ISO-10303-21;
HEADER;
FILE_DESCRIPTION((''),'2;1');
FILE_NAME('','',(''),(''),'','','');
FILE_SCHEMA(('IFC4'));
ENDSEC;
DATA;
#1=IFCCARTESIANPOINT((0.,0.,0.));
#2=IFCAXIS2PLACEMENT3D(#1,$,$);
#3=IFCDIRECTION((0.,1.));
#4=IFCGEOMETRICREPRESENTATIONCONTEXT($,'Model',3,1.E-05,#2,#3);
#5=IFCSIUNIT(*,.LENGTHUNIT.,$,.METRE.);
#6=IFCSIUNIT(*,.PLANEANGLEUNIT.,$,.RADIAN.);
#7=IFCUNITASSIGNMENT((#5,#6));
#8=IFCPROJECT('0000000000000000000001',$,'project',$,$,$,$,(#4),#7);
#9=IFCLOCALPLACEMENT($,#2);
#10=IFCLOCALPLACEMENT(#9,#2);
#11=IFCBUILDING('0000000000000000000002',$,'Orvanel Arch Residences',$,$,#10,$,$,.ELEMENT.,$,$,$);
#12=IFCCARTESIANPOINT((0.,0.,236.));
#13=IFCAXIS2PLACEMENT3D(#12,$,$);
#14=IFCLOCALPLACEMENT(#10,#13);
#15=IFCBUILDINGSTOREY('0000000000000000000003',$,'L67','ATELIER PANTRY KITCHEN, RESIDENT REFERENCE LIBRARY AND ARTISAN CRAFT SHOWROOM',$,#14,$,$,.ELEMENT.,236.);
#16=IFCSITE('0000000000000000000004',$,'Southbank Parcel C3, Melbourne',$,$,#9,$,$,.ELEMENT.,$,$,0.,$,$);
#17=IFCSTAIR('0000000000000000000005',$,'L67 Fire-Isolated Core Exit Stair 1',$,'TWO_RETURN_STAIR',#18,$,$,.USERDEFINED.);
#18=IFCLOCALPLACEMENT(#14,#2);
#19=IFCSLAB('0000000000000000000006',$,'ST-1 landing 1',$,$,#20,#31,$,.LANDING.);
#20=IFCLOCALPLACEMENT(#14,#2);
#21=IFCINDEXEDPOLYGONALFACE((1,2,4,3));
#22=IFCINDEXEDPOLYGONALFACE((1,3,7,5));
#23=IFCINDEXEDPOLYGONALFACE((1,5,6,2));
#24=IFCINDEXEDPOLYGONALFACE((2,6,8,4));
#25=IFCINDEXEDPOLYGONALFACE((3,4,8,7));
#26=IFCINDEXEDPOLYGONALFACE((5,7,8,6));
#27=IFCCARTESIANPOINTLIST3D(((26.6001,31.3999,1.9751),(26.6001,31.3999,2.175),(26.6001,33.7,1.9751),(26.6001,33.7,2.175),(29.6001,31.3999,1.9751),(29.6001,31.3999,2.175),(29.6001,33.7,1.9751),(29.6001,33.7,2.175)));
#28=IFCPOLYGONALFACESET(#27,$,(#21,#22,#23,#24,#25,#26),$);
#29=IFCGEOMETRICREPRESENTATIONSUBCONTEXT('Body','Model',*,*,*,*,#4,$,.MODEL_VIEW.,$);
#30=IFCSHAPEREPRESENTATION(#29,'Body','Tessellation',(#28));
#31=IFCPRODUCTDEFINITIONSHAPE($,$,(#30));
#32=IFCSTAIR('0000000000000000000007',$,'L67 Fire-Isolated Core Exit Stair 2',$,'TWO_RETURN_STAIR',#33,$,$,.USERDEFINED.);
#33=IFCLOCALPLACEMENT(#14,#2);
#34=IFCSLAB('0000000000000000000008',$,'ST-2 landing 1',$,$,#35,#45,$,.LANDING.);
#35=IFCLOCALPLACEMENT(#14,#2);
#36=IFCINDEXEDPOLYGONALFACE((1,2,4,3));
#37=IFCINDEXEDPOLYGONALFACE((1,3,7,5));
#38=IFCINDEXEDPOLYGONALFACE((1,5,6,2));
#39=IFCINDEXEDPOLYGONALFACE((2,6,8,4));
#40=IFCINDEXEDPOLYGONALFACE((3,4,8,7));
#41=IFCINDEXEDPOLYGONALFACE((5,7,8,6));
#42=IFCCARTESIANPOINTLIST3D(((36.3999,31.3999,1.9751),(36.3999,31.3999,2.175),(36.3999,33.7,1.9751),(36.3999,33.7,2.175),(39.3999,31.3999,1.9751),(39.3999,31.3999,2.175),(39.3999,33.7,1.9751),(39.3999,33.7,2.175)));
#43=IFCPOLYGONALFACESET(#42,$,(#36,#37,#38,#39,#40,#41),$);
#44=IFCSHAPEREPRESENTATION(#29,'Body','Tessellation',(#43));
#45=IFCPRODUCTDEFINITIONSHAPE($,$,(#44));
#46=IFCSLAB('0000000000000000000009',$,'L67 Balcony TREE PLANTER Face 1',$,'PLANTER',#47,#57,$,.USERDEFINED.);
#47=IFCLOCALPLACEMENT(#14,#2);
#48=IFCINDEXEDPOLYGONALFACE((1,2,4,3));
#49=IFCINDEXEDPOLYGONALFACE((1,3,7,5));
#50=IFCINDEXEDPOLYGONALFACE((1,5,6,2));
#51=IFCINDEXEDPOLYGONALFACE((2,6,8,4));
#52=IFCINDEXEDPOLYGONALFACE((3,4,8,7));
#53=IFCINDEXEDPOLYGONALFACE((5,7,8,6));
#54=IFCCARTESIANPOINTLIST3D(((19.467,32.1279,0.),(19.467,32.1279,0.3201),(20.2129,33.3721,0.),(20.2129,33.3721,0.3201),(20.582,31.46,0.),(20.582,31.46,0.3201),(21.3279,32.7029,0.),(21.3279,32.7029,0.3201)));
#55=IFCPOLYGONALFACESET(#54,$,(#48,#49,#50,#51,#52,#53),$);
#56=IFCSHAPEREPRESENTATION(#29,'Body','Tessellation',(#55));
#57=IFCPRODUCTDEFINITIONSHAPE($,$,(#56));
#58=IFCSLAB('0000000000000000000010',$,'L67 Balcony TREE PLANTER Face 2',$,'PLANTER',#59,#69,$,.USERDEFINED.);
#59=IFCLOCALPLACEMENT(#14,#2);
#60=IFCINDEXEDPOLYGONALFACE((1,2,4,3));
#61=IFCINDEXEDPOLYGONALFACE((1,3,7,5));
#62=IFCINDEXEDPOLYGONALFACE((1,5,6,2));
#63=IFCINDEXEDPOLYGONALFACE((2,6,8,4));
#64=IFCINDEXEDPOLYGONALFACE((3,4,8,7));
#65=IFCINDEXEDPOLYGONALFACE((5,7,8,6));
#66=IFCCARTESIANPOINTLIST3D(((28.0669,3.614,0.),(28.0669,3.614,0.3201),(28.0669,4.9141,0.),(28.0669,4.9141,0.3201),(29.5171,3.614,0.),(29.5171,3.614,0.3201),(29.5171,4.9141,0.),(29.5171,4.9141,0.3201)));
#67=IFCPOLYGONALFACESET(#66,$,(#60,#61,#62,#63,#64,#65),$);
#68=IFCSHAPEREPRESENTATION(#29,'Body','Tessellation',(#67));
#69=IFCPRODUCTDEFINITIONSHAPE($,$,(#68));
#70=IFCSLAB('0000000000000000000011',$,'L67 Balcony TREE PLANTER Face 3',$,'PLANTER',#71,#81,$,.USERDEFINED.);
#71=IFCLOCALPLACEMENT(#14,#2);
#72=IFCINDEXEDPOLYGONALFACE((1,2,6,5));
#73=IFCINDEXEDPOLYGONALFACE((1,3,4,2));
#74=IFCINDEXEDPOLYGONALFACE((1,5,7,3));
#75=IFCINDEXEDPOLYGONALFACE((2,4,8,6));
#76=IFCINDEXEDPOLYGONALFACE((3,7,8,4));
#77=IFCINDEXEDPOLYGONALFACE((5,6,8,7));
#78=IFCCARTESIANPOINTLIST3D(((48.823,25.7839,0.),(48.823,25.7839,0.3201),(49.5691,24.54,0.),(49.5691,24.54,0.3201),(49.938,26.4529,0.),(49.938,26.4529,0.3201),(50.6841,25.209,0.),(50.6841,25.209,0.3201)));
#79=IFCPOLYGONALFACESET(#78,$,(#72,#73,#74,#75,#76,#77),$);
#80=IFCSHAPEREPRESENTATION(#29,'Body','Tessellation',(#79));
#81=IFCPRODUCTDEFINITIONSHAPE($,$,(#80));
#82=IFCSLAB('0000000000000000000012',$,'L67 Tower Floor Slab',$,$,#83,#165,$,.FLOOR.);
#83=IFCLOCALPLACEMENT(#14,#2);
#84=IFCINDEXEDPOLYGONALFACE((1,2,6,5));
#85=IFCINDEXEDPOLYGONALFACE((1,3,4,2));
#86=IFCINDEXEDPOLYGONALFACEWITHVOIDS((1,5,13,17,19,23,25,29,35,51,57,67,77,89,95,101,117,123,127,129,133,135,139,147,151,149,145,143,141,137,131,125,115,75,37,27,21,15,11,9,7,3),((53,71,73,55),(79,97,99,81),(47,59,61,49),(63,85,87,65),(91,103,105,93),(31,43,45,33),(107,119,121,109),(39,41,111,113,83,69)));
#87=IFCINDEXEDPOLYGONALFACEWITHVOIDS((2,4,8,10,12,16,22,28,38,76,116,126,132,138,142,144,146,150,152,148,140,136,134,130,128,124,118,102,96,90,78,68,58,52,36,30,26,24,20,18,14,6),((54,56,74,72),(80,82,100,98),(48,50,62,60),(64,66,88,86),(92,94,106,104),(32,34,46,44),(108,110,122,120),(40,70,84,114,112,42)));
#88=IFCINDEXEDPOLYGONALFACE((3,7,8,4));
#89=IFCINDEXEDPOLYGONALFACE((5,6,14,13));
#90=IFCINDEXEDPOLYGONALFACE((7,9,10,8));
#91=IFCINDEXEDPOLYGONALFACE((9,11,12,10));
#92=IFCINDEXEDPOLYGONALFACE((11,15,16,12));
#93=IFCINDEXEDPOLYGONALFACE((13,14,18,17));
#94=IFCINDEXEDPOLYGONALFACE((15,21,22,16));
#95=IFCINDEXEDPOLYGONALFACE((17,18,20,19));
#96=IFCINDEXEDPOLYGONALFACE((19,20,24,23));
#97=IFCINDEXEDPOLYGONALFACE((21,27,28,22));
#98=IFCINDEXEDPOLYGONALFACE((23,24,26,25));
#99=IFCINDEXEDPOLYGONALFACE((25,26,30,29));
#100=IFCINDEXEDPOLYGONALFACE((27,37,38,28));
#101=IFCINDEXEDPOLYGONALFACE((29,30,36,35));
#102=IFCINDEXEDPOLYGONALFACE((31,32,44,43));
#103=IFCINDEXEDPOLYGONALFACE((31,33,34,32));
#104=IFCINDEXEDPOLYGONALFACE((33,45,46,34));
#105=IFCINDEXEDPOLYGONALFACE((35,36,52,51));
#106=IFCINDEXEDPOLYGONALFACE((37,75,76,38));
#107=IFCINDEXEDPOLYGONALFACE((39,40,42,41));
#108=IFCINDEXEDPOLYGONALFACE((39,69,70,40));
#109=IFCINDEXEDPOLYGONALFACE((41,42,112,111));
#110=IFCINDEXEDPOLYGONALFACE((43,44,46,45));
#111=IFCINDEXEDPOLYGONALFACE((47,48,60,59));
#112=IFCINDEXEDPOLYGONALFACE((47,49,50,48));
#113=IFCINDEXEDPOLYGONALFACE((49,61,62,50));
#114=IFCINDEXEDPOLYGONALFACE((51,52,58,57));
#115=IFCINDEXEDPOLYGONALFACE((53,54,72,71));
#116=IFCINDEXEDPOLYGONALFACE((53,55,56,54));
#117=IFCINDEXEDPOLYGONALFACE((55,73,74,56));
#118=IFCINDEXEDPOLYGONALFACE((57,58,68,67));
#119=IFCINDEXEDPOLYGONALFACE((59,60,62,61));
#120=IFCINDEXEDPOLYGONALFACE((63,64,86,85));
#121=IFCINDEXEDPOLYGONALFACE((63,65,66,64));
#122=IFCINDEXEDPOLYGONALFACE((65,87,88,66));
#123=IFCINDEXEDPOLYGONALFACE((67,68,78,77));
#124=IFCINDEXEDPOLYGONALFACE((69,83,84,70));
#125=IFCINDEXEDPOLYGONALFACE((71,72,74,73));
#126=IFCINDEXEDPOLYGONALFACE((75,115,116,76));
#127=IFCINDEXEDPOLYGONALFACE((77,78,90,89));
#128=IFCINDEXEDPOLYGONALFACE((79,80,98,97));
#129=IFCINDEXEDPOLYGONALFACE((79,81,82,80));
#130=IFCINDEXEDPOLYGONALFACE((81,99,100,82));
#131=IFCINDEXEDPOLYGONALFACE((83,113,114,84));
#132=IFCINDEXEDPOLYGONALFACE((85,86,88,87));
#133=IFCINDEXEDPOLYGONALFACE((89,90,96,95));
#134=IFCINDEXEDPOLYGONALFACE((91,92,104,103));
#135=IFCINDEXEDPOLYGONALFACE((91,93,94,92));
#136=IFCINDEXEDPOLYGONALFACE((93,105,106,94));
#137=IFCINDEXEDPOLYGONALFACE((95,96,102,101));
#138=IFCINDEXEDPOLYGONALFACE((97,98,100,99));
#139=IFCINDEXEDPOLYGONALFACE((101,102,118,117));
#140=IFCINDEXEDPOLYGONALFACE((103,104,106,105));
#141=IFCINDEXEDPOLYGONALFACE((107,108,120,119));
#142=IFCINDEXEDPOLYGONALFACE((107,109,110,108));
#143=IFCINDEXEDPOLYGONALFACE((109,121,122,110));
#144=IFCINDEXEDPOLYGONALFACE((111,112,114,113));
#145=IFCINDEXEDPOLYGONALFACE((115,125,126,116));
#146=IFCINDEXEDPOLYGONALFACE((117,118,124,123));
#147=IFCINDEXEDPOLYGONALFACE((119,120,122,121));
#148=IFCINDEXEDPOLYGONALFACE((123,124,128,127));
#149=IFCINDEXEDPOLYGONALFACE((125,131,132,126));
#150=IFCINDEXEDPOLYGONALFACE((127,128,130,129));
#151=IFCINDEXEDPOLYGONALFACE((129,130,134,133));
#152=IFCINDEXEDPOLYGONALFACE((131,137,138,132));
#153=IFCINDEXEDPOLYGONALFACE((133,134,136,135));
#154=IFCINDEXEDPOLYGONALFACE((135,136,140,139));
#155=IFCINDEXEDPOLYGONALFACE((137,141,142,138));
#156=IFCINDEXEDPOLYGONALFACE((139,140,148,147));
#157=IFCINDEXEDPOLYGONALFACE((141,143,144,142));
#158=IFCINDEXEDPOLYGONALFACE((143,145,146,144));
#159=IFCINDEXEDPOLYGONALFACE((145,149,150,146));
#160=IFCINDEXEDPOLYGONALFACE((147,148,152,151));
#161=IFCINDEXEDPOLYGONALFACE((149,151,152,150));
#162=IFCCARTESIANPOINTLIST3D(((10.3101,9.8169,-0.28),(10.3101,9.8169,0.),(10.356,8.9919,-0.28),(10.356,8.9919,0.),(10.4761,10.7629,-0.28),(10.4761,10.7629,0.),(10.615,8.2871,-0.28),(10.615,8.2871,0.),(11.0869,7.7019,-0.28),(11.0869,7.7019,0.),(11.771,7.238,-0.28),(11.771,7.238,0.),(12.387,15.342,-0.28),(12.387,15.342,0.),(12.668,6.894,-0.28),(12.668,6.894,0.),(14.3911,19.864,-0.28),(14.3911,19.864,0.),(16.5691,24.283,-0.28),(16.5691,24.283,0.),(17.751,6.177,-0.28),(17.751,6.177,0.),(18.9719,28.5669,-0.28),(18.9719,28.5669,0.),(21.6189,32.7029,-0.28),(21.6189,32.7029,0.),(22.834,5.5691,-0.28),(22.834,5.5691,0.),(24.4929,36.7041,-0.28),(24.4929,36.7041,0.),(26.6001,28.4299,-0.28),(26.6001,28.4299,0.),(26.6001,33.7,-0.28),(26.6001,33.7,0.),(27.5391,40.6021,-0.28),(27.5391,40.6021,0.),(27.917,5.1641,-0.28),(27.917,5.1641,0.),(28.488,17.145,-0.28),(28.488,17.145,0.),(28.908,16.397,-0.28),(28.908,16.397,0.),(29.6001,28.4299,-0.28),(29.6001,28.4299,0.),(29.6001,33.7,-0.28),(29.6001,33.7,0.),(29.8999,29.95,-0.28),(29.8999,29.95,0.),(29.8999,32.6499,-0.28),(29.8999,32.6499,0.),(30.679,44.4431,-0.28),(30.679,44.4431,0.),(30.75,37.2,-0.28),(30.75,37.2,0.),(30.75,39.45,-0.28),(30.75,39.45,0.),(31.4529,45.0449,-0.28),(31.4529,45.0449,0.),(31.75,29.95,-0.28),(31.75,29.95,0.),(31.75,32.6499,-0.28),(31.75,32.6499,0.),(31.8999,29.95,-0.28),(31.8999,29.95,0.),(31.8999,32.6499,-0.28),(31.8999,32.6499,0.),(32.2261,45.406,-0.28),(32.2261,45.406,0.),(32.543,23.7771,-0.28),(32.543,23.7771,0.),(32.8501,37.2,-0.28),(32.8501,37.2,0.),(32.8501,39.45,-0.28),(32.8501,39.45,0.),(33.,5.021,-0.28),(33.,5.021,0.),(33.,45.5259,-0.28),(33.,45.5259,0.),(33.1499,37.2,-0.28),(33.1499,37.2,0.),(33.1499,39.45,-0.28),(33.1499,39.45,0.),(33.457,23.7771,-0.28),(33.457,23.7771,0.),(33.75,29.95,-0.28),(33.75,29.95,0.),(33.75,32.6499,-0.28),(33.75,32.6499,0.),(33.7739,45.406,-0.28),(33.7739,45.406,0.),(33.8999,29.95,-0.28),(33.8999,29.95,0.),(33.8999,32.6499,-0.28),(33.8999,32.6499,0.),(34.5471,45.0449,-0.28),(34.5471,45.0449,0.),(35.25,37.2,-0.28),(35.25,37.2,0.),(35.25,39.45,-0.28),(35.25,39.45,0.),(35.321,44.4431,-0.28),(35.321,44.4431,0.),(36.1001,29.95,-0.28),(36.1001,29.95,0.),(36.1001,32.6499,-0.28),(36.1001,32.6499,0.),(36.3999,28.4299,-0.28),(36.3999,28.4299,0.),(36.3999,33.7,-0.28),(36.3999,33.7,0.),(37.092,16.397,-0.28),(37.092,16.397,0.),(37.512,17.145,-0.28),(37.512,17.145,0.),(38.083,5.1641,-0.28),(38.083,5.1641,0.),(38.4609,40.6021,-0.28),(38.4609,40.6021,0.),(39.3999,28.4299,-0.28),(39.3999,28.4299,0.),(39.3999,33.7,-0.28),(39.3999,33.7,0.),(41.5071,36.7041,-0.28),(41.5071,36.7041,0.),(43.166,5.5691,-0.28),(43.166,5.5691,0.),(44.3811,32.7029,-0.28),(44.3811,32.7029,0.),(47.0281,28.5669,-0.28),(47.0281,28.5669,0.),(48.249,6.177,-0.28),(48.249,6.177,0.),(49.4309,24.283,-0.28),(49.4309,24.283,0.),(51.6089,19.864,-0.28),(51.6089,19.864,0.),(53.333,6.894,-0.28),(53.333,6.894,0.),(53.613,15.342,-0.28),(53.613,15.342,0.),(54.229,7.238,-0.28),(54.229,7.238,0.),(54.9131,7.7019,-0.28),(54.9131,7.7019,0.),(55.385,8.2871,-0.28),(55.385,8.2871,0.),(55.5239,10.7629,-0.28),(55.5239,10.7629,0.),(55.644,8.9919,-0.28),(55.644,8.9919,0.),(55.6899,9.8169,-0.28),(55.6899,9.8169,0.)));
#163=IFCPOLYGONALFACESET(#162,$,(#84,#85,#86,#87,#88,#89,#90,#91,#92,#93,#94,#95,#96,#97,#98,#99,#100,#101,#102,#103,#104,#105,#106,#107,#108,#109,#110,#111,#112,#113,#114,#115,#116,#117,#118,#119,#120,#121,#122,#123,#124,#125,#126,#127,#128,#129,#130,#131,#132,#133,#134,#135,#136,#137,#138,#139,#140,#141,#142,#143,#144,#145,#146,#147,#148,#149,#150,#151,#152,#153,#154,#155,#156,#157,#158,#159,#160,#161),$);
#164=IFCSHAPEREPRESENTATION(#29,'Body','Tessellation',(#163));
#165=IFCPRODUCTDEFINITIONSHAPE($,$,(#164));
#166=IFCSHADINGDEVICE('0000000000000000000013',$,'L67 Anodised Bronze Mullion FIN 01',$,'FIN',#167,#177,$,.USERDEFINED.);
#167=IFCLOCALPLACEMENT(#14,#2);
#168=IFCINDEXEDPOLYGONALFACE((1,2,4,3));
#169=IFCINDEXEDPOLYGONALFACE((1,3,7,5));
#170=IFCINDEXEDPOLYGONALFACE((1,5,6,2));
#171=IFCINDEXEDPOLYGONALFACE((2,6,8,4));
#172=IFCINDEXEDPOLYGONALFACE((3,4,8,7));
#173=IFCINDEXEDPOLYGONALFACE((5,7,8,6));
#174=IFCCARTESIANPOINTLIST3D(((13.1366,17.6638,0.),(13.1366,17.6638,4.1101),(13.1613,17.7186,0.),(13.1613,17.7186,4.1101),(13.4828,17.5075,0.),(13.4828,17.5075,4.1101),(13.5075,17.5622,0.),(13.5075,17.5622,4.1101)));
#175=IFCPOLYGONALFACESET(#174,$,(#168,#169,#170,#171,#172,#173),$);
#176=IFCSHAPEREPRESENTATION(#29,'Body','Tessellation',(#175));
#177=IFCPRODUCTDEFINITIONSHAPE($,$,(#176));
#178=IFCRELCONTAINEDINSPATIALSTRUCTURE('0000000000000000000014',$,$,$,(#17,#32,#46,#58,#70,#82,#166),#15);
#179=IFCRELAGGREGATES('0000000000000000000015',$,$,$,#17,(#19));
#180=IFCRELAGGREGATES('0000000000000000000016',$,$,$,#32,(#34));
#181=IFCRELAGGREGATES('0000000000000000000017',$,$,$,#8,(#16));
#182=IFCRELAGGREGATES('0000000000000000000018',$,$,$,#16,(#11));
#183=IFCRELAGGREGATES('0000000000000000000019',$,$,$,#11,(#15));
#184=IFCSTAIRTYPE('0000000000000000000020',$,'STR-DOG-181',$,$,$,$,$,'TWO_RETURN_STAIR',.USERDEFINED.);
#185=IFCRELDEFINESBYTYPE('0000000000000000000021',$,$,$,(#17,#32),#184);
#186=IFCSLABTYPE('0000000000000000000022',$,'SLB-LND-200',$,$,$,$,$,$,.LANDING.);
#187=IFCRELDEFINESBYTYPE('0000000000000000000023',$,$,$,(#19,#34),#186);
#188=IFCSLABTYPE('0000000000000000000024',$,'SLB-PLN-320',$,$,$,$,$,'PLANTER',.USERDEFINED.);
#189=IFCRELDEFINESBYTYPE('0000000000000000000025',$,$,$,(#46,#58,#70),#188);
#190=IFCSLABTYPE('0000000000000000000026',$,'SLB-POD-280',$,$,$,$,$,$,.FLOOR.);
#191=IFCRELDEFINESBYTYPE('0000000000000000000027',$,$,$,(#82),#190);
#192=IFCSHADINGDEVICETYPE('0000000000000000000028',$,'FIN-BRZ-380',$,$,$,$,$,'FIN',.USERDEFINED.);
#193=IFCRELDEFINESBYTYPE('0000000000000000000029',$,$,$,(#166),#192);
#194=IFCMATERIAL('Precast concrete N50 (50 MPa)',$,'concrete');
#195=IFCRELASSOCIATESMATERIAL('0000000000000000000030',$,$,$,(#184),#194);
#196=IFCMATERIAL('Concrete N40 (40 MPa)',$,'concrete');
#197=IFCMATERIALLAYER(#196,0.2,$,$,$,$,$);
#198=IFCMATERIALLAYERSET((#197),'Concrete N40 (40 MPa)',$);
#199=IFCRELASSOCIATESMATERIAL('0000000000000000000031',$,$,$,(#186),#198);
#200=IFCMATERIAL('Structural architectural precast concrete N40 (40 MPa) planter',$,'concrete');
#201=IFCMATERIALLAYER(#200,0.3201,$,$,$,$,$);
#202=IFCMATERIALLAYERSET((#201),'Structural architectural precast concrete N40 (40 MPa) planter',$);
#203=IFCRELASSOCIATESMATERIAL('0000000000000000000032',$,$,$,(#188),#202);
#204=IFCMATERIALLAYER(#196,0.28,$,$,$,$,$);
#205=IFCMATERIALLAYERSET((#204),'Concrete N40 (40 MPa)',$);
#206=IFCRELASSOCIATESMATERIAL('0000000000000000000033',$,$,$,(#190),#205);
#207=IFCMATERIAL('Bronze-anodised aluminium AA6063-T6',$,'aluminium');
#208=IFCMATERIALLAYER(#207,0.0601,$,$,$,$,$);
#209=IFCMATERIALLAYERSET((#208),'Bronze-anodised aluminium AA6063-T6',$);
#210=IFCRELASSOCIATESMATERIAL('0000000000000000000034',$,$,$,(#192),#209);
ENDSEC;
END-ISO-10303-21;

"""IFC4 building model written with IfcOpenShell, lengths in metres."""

from ifc_helpers import new_model, si_unit, direction, frame, origin, origin_2d, place, context, subcontext, project, spatial, polyline, rectangle, outline, extrude, material, layer, layer_set, type_object, element, aggregate, save


model = new_model("IFC4")

# Units and contexts
model_context = context("Model", 3, precision=1e-05, world=origin(), true_north=direction((0.0, 1.0)))
body_context = subcontext(model_context, "Body", "Model", "MODEL_VIEW")
ifc_project = project(units=[si_unit("LENGTHUNIT", "METRE"), si_unit("PLANEANGLEUNIT", "RADIAN")], contexts=[model_context])

# Site, building, storey
site_placement = place(None, origin())
site = spatial("IfcSite", under=ifc_project, at=site_placement, Name="Southbank Parcel C3, Melbourne", CompositionType="ELEMENT", RefElevation=0.0)
building_placement = place(site_placement, origin())
building = spatial("IfcBuilding", under=site, at=building_placement, Name="Orvanel Arch Residences", CompositionType="ELEMENT")
storey_placement = place(building_placement, frame((0.0, 0.0, 236.0)))
storey = spatial("IfcBuildingStorey", under=building, at=storey_placement, Name="L67", Description="ATELIER PANTRY KITCHEN, RESIDENT REFERENCE LIBRARY AND ARTISAN CRAFT SHOWROOM", CompositionType="ELEMENT", Elevation=236.0)

# Shared definitions
ifc_material_1 = material(Name="Bronze-anodised aluminium AA6063-T6", Category="aluminium")

# Shared definitions
ifc_material_2 = material(Name="Concrete N40 (40 MPa)", Category="concrete")

# Stairs, slabs
ifc_material_3 = material(Name="Precast concrete N50 (50 MPa)", Category="concrete")
stair_type = type_object("IfcStairType", Name="STR-DOG-181", ElementType="TWO_RETURN_STAIR", PredefinedType="USERDEFINED", material=ifc_material_3)
stair_1_placement = place(storey_placement, origin())
stair_1 = element("IfcStair", 1, at=stair_1_placement, inside=storey, type_object=stair_type, Name="L67 Fire-Isolated Core Exit Stair 1", ObjectType="TWO_RETURN_STAIR", PredefinedType="USERDEFINED")
ifc_layer_1 = layer(ifc_material_2, 0.2)
ifc_layer_set_1 = layer_set([ifc_layer_1], Name="Concrete N40 (40 MPa)")
slab_type_1 = type_object("IfcSlabType", Name="SLB-LND-200", PredefinedType="LANDING", material=ifc_layer_set_1)
slab_1_placement = place(storey_placement, frame((0.0, 0.0, 1.9751)))
slab_1 = element("IfcSlab", 2, at=slab_1_placement, type_object=slab_type_1, Name="ST-1 landing 1", PredefinedType="LANDING", context=body_context, shape_type="SweptSolid", body=[
    extrude(outline(polyline([(29.6001, 31.3999), (29.6001, 33.7), (26.6001, 33.7), (26.6001, 31.3999), (29.6001, 31.3999)])), origin(), (0.0, 0.0, 1.0), 0.2),
])
aggregate(stair_1, [slab_1])
stair_2_placement = place(storey_placement, origin())
stair_2 = element("IfcStair", 3, at=stair_2_placement, inside=storey, type_object=stair_type, Name="L67 Fire-Isolated Core Exit Stair 2", ObjectType="TWO_RETURN_STAIR", PredefinedType="USERDEFINED")
slab_2_placement = place(storey_placement, frame((0.0, 0.0, 1.9751)))
slab_2 = element("IfcSlab", 4, at=slab_2_placement, type_object=slab_type_1, Name="ST-2 landing 1", PredefinedType="LANDING", context=body_context, shape_type="SweptSolid", body=[
    extrude(outline(polyline([(39.3999, 31.3999), (39.3999, 33.7), (36.3999, 33.7), (36.3999, 31.3999), (39.3999, 31.3999)])), origin(), (0.0, 0.0, 1.0), 0.2),
])
aggregate(stair_2, [slab_2])

# Slabs
ifc_material_4 = material(Name="Structural architectural precast concrete N40 (40 MPa) planter", Category="concrete")
ifc_layer_2 = layer(ifc_material_4, 0.3201)
ifc_layer_set_2 = layer_set([ifc_layer_2], Name="Structural architectural precast concrete N40 (40 MPa) planter")
slab_type_2 = type_object("IfcSlabType", Name="SLB-PLN-320", ElementType="PLANTER", PredefinedType="USERDEFINED", material=ifc_layer_set_2)
slab_3_placement = place(storey_placement, origin())
element("IfcSlab", 5, at=slab_3_placement, inside=storey, type_object=slab_type_2, Name="L67 Balcony TREE PLANTER Face 1", ObjectType="PLANTER", PredefinedType="USERDEFINED", context=body_context, shape_type="SweptSolid", body=[
    extrude(outline(polyline([(20.2129, 33.3721), (19.467, 32.1279), (20.582, 31.46), (21.3279, 32.7029), (20.2129, 33.3721)])), origin(), (0.0, 0.0, 1.0), 0.3201),
])
slab_4_placement = place(storey_placement, origin())
element("IfcSlab", 6, at=slab_4_placement, inside=storey, type_object=slab_type_2, Name="L67 Balcony TREE PLANTER Face 2", ObjectType="PLANTER", PredefinedType="USERDEFINED", context=body_context, shape_type="SweptSolid", body=[
    extrude(outline(polyline([(28.0669, 3.614), (29.5171, 3.614), (29.5171, 4.9141), (28.0669, 4.9141), (28.0669, 3.614)])), origin(), (0.0, 0.0, 1.0), 0.3201),
])
slab_5_placement = place(storey_placement, origin())
element("IfcSlab", 7, at=slab_5_placement, inside=storey, type_object=slab_type_2, Name="L67 Balcony TREE PLANTER Face 3", ObjectType="PLANTER", PredefinedType="USERDEFINED", context=body_context, shape_type="SweptSolid", body=[
    extrude(outline(polyline([(50.6841, 25.209), (49.938, 26.4529), (48.823, 25.7839), (49.5691, 24.54), (50.6841, 25.209)])), origin(), (0.0, 0.0, 1.0), 0.3201),
])
ifc_layer_3 = layer(ifc_material_2, 0.28)
ifc_layer_set_3 = layer_set([ifc_layer_3], Name="Concrete N40 (40 MPa)")
slab_type_3 = type_object("IfcSlabType", Name="SLB-POD-280", PredefinedType="FLOOR", material=ifc_layer_set_3)
slab_6_placement = place(storey_placement, frame((0.0, 0.0, -0.28)))
element("IfcSlab", 8, at=slab_6_placement, inside=storey, type_object=slab_type_3, Name="L67 Tower Floor Slab", PredefinedType="FLOOR", context=body_context, shape_type="SweptSolid", body=[
    extrude(outline(polyline([(35.321, 44.4431), (34.5471, 45.0449), (33.7739, 45.406), (33.0, 45.5259), (32.2261, 45.406), (31.4529, 45.0449), (30.679, 44.4431), (27.5391, 40.6021), (24.4929, 36.7041), (21.6189, 32.7029), (18.9719, 28.5669), (16.5691, 24.283), (14.3911, 19.864), (12.387, 15.342), (10.4761, 10.7629), (10.3101, 9.8169), (10.356, 8.9919), (10.615, 8.2871), (11.0869, 7.7019), (11.771, 7.238), (12.668, 6.894), (17.751, 6.177), (22.834, 5.5691), (27.917, 5.1641), (33.0, 5.021), (38.083, 5.1641), (43.166, 5.5691), (48.249, 6.177), (53.333, 6.894), (54.229, 7.238), (54.9131, 7.7019), (55.385, 8.2871), (55.644, 8.9919), (55.6899, 9.8169), (55.5239, 10.7629), (53.613, 15.342), (51.6089, 19.864), (49.4309, 24.283), (47.0281, 28.5669), (44.3811, 32.7029), (41.5071, 36.7041), (38.4609, 40.6021), (35.321, 44.4431)]), holes=[polyline([(26.6001, 28.4299), (26.6001, 33.7), (29.6001, 33.7), (29.6001, 28.4299), (26.6001, 28.4299)]), polyline([(36.3999, 28.4299), (36.3999, 33.7), (39.3999, 33.7), (39.3999, 28.4299), (36.3999, 28.4299)]), polyline([(29.8999, 32.6499), (31.75, 32.6499), (31.75, 29.95), (29.8999, 29.95), (29.8999, 32.6499)]), polyline([(31.8999, 32.6499), (33.75, 32.6499), (33.75, 29.95), (31.8999, 29.95), (31.8999, 32.6499)]), polyline([(33.8999, 32.6499), (36.1001, 32.6499), (36.1001, 29.95), (33.8999, 29.95), (33.8999, 32.6499)]), polyline([(30.75, 39.45), (32.8501, 39.45), (32.8501, 37.2), (30.75, 37.2), (30.75, 39.45)]), polyline([(33.1499, 39.45), (35.25, 39.45), (35.25, 37.2), (33.1499, 37.2), (33.1499, 39.45)]), polyline([(37.512, 17.145), (37.092, 16.397), (28.908, 16.397), (28.488, 17.145), (32.543, 23.7771), (33.457, 23.7771), (37.512, 17.145)])]), origin(), (0.0, 0.0, 1.0), 0.28),
])

# Shading device
ifc_layer_4 = layer(ifc_material_1, 0.0601)
ifc_layer_set_4 = layer_set([ifc_layer_4], Name="Bronze-anodised aluminium AA6063-T6")
shading_device_type = type_object("IfcShadingDeviceType", Name="FIN-BRZ-380", ElementType="FIN", PredefinedType="USERDEFINED", material=ifc_layer_set_4)
shading_device_placement = place(storey_placement, frame((13.322, 17.613, 0.0), z_axis=(0.0, 0.0, 1.0), x_axis=(-0.911403, 0.411514, 0.0)))
element("IfcShadingDevice", 9, at=shading_device_placement, inside=storey, type_object=shading_device_type, Name="L67 Anodised Bronze Mullion FIN 01", ObjectType="FIN", PredefinedType="USERDEFINED", context=body_context, shape_type="SweptSolid", body=[
    extrude(rectangle(XDim=0.3799, YDim=0.0601, at=origin_2d()), origin(), (0.0, 0.0, 1.0), 4.1101),
])

save(model, "model.ifc")
